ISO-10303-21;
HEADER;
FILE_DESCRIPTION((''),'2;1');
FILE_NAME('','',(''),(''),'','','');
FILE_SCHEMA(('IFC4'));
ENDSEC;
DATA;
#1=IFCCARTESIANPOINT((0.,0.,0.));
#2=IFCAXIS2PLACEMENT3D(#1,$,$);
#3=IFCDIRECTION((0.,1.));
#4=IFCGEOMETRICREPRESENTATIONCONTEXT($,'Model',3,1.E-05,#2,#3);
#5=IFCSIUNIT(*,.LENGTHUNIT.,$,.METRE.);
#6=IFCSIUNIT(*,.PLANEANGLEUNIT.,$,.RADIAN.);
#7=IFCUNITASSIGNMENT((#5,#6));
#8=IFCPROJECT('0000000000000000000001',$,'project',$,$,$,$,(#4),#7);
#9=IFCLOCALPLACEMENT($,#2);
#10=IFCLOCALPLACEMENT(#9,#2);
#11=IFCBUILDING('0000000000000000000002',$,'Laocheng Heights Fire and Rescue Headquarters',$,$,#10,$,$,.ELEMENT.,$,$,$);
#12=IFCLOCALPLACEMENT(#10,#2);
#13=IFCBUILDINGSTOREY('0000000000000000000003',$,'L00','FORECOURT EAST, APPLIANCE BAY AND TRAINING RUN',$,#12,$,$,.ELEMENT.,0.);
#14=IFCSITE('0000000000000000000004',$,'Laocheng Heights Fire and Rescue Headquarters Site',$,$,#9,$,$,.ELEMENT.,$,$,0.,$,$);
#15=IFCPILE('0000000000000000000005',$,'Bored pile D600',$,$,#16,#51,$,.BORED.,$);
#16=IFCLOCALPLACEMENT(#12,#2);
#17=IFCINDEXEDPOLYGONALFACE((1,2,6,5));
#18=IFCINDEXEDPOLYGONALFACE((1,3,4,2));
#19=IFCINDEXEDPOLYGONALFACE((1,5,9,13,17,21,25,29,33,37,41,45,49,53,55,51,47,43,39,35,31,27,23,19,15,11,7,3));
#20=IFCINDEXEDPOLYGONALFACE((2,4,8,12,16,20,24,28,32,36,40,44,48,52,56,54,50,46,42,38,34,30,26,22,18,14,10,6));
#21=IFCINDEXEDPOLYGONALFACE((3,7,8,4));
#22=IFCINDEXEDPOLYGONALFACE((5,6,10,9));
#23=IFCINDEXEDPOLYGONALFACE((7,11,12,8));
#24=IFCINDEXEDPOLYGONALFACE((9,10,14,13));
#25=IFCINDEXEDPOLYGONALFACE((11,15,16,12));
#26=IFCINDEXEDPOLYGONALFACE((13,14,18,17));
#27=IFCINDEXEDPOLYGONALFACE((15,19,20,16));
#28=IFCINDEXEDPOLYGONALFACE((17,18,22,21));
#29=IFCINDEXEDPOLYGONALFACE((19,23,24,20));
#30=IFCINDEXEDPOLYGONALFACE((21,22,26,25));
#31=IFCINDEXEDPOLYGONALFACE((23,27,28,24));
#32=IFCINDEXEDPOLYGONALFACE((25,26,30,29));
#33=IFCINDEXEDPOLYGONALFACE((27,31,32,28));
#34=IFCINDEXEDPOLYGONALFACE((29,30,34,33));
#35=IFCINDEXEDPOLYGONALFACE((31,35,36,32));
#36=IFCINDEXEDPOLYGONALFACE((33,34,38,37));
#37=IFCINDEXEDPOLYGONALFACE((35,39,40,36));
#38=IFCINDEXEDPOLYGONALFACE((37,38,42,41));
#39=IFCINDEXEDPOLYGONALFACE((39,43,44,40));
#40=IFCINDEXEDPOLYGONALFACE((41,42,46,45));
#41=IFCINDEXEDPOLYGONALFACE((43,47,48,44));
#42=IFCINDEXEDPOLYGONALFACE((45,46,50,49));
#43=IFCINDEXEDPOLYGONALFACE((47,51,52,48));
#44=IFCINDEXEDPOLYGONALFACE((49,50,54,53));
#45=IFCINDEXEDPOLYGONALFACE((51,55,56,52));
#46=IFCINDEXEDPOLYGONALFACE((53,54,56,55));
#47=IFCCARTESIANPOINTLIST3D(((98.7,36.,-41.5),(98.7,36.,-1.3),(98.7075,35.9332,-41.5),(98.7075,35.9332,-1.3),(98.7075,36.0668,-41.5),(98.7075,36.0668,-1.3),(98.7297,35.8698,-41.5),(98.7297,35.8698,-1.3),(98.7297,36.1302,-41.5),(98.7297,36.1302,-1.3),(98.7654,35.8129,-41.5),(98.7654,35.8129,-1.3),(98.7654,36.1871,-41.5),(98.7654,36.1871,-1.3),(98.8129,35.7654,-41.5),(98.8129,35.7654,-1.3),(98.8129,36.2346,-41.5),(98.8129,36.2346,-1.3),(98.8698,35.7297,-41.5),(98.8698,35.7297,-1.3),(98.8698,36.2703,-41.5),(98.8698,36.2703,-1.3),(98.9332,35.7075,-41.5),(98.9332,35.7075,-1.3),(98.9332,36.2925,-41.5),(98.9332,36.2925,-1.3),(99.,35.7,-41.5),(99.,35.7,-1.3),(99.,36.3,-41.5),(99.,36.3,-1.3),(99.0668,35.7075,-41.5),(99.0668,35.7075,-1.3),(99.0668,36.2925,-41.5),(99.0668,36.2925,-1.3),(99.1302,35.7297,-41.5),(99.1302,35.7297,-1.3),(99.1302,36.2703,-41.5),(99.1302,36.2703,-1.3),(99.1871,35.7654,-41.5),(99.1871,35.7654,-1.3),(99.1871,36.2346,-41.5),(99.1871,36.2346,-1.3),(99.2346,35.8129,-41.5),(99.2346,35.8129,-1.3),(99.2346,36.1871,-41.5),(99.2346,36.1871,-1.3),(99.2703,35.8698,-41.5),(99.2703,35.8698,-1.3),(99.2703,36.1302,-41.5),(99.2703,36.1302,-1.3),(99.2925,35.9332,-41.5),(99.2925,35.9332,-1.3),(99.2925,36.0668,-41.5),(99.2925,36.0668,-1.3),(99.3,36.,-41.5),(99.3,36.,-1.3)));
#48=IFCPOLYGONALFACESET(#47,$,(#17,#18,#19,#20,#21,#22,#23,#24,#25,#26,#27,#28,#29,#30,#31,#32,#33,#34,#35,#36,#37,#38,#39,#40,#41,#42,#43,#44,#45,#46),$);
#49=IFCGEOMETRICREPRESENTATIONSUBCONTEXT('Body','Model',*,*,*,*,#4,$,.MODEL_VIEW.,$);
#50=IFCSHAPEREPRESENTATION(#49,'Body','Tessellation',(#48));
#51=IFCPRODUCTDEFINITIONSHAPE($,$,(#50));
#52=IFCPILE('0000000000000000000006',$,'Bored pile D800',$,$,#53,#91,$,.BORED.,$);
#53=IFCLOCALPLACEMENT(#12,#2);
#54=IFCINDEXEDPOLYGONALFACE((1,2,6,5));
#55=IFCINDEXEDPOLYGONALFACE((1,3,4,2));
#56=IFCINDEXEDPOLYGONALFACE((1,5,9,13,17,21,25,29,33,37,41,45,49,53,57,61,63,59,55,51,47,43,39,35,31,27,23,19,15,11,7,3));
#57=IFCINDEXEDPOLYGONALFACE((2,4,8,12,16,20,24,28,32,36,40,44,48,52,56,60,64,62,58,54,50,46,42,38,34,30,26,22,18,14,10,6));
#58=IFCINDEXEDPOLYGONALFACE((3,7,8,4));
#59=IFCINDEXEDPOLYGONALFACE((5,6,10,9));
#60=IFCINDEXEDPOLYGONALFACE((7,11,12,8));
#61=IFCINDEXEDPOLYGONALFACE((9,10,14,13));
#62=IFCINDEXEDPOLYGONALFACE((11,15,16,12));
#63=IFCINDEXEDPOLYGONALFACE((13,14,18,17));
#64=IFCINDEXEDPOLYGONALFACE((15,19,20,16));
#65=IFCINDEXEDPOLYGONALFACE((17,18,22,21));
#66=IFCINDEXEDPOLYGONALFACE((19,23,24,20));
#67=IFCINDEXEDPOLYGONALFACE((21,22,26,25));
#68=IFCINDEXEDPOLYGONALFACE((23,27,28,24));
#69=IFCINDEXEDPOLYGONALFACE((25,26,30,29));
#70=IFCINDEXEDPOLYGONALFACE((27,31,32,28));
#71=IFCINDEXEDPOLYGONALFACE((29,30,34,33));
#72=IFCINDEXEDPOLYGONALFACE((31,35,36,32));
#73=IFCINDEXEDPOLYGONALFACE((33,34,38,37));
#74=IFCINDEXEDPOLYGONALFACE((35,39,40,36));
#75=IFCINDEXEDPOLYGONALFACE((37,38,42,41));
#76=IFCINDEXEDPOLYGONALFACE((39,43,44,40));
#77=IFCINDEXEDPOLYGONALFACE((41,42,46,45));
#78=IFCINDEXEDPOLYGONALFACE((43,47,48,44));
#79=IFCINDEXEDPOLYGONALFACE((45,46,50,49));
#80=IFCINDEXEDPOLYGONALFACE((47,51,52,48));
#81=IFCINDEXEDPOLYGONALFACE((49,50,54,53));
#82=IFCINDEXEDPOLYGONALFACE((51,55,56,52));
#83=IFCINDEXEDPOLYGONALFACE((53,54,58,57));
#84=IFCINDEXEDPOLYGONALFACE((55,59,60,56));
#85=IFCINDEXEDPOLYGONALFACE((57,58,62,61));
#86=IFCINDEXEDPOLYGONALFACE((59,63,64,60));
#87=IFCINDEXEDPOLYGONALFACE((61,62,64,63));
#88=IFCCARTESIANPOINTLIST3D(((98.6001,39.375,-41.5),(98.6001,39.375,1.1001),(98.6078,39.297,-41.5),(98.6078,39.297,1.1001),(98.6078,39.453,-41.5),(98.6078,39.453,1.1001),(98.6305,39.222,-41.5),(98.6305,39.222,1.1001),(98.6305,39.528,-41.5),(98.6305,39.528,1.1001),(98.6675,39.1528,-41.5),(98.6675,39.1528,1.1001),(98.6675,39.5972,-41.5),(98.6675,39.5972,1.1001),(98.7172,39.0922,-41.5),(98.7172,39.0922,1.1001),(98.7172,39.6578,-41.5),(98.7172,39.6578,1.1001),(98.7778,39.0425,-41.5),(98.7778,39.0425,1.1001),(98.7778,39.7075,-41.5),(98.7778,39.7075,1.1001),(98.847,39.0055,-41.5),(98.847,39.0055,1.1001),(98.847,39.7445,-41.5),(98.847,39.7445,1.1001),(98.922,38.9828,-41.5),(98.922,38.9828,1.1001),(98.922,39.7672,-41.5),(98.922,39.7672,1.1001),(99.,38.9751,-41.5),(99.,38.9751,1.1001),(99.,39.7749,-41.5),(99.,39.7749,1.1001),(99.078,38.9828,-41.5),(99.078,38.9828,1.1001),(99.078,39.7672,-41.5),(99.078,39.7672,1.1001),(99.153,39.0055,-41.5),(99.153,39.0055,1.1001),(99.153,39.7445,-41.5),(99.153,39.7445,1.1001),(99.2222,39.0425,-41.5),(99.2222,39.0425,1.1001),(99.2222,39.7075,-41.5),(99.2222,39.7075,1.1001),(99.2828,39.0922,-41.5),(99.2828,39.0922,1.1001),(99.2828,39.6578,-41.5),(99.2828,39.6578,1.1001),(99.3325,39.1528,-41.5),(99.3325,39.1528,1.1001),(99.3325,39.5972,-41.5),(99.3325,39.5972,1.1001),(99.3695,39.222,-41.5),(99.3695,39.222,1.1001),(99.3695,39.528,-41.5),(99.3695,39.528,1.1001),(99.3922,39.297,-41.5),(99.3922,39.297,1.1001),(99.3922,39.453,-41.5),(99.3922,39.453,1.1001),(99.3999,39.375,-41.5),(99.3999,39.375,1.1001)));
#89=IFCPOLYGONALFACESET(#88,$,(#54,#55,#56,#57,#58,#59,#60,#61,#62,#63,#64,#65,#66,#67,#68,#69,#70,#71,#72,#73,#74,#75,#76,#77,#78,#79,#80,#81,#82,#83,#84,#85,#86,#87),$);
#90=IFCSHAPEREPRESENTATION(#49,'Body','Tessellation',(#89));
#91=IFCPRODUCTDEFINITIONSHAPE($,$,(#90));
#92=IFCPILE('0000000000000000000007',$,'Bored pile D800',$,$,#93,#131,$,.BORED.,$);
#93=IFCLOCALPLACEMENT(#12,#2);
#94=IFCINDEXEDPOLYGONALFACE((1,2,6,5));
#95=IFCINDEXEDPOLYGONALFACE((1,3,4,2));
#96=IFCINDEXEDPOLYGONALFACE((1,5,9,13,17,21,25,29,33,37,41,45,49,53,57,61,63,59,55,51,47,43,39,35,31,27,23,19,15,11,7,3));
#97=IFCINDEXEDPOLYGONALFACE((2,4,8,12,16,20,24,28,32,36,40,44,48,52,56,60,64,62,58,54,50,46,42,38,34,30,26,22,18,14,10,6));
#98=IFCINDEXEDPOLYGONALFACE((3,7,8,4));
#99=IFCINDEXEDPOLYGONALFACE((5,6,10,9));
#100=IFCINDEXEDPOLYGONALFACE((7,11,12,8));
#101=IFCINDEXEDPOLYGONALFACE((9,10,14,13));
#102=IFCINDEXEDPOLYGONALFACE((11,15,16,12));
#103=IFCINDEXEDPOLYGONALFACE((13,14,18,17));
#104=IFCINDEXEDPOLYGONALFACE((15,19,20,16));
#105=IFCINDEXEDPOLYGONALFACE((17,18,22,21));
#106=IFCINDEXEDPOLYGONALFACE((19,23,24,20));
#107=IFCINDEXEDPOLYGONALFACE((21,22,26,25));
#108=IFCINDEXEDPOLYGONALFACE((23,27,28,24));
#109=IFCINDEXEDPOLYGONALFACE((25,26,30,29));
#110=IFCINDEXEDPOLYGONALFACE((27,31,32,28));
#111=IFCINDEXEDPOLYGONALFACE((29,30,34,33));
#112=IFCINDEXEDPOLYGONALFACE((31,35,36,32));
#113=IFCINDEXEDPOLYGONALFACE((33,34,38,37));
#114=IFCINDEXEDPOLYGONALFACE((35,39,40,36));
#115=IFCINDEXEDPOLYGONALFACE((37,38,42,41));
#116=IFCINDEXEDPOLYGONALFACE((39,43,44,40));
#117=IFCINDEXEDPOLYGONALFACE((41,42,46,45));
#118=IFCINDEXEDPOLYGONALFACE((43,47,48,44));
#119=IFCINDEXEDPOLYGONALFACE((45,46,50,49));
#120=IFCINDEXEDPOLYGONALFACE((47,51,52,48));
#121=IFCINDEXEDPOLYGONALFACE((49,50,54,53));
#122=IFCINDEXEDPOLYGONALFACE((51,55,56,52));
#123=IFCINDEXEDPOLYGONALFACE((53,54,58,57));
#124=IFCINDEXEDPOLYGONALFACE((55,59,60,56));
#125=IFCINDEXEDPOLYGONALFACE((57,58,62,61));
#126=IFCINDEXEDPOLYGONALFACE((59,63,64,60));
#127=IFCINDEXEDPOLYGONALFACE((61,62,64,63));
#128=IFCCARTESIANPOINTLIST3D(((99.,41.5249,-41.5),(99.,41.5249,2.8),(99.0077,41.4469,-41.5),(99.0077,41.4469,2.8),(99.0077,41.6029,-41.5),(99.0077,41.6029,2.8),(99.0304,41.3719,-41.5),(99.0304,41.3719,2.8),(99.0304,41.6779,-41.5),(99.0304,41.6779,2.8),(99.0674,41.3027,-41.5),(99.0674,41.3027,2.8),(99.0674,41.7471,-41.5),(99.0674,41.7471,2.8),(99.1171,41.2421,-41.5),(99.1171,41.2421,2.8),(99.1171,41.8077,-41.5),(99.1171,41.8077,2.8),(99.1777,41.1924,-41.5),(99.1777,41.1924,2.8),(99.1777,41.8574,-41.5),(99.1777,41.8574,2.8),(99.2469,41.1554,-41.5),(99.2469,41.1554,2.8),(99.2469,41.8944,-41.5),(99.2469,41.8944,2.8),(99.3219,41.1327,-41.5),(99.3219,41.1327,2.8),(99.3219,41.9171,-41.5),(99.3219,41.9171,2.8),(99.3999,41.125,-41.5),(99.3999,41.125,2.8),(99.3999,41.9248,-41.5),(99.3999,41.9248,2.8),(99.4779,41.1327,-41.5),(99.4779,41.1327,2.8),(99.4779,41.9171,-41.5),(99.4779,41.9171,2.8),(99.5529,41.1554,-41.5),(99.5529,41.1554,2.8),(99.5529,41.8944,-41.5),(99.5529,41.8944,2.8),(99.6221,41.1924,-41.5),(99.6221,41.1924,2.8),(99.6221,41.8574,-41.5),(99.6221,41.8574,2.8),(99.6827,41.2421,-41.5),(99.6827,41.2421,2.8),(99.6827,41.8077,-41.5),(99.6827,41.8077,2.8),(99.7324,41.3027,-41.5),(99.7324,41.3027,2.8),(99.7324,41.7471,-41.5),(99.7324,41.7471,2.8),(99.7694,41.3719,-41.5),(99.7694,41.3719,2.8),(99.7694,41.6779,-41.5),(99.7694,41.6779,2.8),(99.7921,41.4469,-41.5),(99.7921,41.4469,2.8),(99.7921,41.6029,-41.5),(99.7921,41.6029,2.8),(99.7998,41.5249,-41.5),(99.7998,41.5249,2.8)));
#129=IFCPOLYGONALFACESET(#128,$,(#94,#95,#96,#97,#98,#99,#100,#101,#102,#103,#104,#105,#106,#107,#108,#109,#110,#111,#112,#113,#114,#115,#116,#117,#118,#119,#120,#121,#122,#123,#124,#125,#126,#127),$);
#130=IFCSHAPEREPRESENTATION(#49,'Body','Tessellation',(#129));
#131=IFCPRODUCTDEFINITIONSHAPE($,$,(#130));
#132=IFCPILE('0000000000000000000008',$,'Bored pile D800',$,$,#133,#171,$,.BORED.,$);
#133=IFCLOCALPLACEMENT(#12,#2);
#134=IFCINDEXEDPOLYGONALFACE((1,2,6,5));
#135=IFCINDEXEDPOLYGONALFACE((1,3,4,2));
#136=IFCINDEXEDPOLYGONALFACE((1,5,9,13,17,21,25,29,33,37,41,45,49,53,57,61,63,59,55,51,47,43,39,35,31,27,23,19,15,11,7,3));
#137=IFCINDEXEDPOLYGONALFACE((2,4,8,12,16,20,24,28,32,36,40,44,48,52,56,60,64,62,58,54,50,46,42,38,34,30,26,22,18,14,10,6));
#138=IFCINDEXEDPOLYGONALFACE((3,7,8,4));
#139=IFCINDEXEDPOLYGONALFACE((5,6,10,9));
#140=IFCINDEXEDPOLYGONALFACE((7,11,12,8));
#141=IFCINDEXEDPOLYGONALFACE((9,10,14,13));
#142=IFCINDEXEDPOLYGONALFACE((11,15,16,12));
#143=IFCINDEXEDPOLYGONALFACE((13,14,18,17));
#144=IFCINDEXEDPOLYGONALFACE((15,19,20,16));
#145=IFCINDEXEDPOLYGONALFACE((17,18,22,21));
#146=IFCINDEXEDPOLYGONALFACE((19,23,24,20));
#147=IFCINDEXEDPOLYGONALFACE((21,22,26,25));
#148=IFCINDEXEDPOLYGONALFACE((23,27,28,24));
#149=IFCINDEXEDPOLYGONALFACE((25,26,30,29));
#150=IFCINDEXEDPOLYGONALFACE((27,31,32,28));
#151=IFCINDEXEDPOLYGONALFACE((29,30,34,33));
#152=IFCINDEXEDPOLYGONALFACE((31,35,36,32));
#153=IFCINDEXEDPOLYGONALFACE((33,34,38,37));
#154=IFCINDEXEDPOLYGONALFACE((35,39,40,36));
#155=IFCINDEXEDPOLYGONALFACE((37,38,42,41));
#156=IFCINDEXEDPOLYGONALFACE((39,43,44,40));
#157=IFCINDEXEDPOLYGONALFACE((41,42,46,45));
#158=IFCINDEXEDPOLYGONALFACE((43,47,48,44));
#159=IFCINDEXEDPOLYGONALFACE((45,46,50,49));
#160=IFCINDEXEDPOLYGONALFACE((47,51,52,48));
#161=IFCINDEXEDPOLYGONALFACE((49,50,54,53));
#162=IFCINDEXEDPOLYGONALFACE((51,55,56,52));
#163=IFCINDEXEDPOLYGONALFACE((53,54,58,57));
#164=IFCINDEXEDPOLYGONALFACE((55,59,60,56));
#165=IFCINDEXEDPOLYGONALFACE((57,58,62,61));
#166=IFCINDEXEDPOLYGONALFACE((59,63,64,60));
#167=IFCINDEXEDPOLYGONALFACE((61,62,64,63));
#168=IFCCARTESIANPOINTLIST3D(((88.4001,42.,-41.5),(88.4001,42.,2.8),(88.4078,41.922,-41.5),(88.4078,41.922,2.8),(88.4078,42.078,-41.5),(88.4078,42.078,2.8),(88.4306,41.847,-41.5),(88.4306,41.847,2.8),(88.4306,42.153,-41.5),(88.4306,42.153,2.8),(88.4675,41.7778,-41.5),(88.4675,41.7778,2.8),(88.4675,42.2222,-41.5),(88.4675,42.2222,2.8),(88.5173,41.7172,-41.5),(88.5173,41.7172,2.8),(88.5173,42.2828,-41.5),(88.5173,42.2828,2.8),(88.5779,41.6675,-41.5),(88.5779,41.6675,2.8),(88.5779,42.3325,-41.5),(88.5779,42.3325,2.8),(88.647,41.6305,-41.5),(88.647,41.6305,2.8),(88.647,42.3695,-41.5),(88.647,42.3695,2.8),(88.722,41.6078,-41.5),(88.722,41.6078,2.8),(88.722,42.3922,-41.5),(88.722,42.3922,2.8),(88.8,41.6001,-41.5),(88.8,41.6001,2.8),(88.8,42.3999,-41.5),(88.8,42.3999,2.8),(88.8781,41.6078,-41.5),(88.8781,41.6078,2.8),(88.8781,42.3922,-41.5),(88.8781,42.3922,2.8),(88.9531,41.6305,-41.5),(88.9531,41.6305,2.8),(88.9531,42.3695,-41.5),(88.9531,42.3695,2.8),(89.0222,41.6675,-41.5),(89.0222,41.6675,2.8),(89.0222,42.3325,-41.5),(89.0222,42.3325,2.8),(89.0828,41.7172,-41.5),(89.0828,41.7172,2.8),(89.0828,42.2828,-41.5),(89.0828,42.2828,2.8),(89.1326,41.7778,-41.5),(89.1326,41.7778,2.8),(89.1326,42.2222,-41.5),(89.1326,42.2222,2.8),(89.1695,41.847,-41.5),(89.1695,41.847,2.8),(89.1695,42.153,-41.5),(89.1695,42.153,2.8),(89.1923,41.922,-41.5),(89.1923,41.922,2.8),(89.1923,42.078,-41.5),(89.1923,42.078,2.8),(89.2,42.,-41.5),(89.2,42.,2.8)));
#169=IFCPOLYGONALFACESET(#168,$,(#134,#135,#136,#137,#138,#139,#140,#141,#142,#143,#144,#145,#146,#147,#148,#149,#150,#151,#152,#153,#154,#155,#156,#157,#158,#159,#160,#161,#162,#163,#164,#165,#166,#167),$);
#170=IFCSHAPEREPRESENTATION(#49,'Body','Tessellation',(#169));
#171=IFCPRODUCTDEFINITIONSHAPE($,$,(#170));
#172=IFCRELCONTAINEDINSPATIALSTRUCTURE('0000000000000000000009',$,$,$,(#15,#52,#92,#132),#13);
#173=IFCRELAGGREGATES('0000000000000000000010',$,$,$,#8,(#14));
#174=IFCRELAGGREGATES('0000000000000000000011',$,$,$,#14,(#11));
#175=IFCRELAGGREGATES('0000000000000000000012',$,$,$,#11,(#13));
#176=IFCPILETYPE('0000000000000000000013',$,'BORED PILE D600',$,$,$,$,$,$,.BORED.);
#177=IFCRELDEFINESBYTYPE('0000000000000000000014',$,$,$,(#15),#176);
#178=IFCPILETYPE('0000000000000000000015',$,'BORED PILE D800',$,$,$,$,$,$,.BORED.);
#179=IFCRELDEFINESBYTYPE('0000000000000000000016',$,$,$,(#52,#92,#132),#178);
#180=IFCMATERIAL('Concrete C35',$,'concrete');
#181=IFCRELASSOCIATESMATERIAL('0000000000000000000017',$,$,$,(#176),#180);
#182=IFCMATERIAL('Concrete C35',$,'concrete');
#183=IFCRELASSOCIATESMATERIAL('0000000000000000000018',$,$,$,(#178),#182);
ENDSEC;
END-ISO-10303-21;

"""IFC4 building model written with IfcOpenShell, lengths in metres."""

from ifc_helpers import new_model, si_unit, direction, frame, origin, origin_2d, place, context, subcontext, project, spatial, circle, extrude, material, material_profile, profile_set, type_object, element, save


model = new_model("IFC4")

# Units and contexts
model_context = context("Model", 3, precision=1e-05, world=origin(), true_north=direction((0.0, 1.0)))
body_context = subcontext(model_context, "Body", "Model", "MODEL_VIEW")
ifc_project = project(units=[si_unit("LENGTHUNIT", "METRE"), si_unit("PLANEANGLEUNIT", "RADIAN")], contexts=[model_context])

# Site, building, storey
site_placement = place(None, origin())
site = spatial("IfcSite", under=ifc_project, at=site_placement, Name="Laocheng Heights Fire and Rescue Headquarters Site", CompositionType="ELEMENT", RefElevation=0.0)
building_placement = place(site_placement, origin())
building = spatial("IfcBuilding", under=site, at=building_placement, Name="Laocheng Heights Fire and Rescue Headquarters", CompositionType="ELEMENT")
storey_placement = place(building_placement, origin())
storey = spatial("IfcBuildingStorey", under=building, at=storey_placement, Name="L00", Description="FORECOURT EAST, APPLIANCE BAY AND TRAINING RUN", CompositionType="ELEMENT", Elevation=0.0)

# Piles
ifc_material_1 = material(Name="Concrete C35", Category="concrete")
ifc_material_profile_1 = material_profile(ifc_material_1, circle(Radius=0.3, at=origin_2d()), Name="BORED PILE D600")
ifc_profile_set_1 = profile_set([ifc_material_profile_1], Name="Concrete C35")
pile_type_1 = type_object("IfcPileType", Name="BORED PILE D600", PredefinedType="BORED", material=ifc_profile_set_1)
pile_1_placement = place(storey_placement, frame((99.0, 36.0, -1.3), z_axis=(0.0, 0.0, -1.0), x_axis=(1.0, 0.0, 0.0)))
element("IfcPile", 1, at=pile_1_placement, inside=storey, type_object=pile_type_1, Name="Bored pile D600", PredefinedType="BORED", context=body_context, shape_type="SweptSolid", body=[
    extrude(circle(Radius=0.3, at=origin_2d()), origin(), (0.0, 0.0, 1.0), 40.2),
])
ifc_material_2 = material(Name="Concrete C35", Category="concrete")
ifc_material_profile_2 = material_profile(ifc_material_2, circle(Radius=0.3999, at=origin_2d()), Name="BORED PILE D800")
ifc_profile_set_2 = profile_set([ifc_material_profile_2], Name="Concrete C35")
pile_type_2 = type_object("IfcPileType", Name="BORED PILE D800", PredefinedType="BORED", material=ifc_profile_set_2)
pile_2_placement = place(storey_placement, frame((99.0, 39.375, 1.1001), z_axis=(0.0, 0.0, -1.0), x_axis=(1.0, 0.0, 0.0)))
element("IfcPile", 2, at=pile_2_placement, inside=storey, type_object=pile_type_2, Name="Bored pile D800", PredefinedType="BORED", context=body_context, shape_type="SweptSolid", body=[
    extrude(circle(Radius=0.3999, at=origin_2d()), origin(), (0.0, 0.0, 1.0), 42.6001),
])
for number, where, z_axis, x_axis, name in (
    (3, (99.3999, 41.5249, 2.8), (0.0, 0.0, -1.0), (1.0, 0.0, 0.0), "Bored pile D800"),
    (4, (88.8, 42.0, 2.8), (0.0, 0.0, -1.0), (1.0, 0.0, 0.0), "Bored pile D800"),
):
    element("IfcPile", number, at=place(storey_placement, frame(where, z_axis=z_axis, x_axis=x_axis)), inside=storey, type_object=pile_type_2, Name=name, PredefinedType="BORED", context=body_context, shape_type="SweptSolid", body=[
        extrude(circle(Radius=0.3999, at=origin_2d()), origin(), (0.0, 0.0, 1.0), 44.3),
    ])

save(model, "model.ifc")
